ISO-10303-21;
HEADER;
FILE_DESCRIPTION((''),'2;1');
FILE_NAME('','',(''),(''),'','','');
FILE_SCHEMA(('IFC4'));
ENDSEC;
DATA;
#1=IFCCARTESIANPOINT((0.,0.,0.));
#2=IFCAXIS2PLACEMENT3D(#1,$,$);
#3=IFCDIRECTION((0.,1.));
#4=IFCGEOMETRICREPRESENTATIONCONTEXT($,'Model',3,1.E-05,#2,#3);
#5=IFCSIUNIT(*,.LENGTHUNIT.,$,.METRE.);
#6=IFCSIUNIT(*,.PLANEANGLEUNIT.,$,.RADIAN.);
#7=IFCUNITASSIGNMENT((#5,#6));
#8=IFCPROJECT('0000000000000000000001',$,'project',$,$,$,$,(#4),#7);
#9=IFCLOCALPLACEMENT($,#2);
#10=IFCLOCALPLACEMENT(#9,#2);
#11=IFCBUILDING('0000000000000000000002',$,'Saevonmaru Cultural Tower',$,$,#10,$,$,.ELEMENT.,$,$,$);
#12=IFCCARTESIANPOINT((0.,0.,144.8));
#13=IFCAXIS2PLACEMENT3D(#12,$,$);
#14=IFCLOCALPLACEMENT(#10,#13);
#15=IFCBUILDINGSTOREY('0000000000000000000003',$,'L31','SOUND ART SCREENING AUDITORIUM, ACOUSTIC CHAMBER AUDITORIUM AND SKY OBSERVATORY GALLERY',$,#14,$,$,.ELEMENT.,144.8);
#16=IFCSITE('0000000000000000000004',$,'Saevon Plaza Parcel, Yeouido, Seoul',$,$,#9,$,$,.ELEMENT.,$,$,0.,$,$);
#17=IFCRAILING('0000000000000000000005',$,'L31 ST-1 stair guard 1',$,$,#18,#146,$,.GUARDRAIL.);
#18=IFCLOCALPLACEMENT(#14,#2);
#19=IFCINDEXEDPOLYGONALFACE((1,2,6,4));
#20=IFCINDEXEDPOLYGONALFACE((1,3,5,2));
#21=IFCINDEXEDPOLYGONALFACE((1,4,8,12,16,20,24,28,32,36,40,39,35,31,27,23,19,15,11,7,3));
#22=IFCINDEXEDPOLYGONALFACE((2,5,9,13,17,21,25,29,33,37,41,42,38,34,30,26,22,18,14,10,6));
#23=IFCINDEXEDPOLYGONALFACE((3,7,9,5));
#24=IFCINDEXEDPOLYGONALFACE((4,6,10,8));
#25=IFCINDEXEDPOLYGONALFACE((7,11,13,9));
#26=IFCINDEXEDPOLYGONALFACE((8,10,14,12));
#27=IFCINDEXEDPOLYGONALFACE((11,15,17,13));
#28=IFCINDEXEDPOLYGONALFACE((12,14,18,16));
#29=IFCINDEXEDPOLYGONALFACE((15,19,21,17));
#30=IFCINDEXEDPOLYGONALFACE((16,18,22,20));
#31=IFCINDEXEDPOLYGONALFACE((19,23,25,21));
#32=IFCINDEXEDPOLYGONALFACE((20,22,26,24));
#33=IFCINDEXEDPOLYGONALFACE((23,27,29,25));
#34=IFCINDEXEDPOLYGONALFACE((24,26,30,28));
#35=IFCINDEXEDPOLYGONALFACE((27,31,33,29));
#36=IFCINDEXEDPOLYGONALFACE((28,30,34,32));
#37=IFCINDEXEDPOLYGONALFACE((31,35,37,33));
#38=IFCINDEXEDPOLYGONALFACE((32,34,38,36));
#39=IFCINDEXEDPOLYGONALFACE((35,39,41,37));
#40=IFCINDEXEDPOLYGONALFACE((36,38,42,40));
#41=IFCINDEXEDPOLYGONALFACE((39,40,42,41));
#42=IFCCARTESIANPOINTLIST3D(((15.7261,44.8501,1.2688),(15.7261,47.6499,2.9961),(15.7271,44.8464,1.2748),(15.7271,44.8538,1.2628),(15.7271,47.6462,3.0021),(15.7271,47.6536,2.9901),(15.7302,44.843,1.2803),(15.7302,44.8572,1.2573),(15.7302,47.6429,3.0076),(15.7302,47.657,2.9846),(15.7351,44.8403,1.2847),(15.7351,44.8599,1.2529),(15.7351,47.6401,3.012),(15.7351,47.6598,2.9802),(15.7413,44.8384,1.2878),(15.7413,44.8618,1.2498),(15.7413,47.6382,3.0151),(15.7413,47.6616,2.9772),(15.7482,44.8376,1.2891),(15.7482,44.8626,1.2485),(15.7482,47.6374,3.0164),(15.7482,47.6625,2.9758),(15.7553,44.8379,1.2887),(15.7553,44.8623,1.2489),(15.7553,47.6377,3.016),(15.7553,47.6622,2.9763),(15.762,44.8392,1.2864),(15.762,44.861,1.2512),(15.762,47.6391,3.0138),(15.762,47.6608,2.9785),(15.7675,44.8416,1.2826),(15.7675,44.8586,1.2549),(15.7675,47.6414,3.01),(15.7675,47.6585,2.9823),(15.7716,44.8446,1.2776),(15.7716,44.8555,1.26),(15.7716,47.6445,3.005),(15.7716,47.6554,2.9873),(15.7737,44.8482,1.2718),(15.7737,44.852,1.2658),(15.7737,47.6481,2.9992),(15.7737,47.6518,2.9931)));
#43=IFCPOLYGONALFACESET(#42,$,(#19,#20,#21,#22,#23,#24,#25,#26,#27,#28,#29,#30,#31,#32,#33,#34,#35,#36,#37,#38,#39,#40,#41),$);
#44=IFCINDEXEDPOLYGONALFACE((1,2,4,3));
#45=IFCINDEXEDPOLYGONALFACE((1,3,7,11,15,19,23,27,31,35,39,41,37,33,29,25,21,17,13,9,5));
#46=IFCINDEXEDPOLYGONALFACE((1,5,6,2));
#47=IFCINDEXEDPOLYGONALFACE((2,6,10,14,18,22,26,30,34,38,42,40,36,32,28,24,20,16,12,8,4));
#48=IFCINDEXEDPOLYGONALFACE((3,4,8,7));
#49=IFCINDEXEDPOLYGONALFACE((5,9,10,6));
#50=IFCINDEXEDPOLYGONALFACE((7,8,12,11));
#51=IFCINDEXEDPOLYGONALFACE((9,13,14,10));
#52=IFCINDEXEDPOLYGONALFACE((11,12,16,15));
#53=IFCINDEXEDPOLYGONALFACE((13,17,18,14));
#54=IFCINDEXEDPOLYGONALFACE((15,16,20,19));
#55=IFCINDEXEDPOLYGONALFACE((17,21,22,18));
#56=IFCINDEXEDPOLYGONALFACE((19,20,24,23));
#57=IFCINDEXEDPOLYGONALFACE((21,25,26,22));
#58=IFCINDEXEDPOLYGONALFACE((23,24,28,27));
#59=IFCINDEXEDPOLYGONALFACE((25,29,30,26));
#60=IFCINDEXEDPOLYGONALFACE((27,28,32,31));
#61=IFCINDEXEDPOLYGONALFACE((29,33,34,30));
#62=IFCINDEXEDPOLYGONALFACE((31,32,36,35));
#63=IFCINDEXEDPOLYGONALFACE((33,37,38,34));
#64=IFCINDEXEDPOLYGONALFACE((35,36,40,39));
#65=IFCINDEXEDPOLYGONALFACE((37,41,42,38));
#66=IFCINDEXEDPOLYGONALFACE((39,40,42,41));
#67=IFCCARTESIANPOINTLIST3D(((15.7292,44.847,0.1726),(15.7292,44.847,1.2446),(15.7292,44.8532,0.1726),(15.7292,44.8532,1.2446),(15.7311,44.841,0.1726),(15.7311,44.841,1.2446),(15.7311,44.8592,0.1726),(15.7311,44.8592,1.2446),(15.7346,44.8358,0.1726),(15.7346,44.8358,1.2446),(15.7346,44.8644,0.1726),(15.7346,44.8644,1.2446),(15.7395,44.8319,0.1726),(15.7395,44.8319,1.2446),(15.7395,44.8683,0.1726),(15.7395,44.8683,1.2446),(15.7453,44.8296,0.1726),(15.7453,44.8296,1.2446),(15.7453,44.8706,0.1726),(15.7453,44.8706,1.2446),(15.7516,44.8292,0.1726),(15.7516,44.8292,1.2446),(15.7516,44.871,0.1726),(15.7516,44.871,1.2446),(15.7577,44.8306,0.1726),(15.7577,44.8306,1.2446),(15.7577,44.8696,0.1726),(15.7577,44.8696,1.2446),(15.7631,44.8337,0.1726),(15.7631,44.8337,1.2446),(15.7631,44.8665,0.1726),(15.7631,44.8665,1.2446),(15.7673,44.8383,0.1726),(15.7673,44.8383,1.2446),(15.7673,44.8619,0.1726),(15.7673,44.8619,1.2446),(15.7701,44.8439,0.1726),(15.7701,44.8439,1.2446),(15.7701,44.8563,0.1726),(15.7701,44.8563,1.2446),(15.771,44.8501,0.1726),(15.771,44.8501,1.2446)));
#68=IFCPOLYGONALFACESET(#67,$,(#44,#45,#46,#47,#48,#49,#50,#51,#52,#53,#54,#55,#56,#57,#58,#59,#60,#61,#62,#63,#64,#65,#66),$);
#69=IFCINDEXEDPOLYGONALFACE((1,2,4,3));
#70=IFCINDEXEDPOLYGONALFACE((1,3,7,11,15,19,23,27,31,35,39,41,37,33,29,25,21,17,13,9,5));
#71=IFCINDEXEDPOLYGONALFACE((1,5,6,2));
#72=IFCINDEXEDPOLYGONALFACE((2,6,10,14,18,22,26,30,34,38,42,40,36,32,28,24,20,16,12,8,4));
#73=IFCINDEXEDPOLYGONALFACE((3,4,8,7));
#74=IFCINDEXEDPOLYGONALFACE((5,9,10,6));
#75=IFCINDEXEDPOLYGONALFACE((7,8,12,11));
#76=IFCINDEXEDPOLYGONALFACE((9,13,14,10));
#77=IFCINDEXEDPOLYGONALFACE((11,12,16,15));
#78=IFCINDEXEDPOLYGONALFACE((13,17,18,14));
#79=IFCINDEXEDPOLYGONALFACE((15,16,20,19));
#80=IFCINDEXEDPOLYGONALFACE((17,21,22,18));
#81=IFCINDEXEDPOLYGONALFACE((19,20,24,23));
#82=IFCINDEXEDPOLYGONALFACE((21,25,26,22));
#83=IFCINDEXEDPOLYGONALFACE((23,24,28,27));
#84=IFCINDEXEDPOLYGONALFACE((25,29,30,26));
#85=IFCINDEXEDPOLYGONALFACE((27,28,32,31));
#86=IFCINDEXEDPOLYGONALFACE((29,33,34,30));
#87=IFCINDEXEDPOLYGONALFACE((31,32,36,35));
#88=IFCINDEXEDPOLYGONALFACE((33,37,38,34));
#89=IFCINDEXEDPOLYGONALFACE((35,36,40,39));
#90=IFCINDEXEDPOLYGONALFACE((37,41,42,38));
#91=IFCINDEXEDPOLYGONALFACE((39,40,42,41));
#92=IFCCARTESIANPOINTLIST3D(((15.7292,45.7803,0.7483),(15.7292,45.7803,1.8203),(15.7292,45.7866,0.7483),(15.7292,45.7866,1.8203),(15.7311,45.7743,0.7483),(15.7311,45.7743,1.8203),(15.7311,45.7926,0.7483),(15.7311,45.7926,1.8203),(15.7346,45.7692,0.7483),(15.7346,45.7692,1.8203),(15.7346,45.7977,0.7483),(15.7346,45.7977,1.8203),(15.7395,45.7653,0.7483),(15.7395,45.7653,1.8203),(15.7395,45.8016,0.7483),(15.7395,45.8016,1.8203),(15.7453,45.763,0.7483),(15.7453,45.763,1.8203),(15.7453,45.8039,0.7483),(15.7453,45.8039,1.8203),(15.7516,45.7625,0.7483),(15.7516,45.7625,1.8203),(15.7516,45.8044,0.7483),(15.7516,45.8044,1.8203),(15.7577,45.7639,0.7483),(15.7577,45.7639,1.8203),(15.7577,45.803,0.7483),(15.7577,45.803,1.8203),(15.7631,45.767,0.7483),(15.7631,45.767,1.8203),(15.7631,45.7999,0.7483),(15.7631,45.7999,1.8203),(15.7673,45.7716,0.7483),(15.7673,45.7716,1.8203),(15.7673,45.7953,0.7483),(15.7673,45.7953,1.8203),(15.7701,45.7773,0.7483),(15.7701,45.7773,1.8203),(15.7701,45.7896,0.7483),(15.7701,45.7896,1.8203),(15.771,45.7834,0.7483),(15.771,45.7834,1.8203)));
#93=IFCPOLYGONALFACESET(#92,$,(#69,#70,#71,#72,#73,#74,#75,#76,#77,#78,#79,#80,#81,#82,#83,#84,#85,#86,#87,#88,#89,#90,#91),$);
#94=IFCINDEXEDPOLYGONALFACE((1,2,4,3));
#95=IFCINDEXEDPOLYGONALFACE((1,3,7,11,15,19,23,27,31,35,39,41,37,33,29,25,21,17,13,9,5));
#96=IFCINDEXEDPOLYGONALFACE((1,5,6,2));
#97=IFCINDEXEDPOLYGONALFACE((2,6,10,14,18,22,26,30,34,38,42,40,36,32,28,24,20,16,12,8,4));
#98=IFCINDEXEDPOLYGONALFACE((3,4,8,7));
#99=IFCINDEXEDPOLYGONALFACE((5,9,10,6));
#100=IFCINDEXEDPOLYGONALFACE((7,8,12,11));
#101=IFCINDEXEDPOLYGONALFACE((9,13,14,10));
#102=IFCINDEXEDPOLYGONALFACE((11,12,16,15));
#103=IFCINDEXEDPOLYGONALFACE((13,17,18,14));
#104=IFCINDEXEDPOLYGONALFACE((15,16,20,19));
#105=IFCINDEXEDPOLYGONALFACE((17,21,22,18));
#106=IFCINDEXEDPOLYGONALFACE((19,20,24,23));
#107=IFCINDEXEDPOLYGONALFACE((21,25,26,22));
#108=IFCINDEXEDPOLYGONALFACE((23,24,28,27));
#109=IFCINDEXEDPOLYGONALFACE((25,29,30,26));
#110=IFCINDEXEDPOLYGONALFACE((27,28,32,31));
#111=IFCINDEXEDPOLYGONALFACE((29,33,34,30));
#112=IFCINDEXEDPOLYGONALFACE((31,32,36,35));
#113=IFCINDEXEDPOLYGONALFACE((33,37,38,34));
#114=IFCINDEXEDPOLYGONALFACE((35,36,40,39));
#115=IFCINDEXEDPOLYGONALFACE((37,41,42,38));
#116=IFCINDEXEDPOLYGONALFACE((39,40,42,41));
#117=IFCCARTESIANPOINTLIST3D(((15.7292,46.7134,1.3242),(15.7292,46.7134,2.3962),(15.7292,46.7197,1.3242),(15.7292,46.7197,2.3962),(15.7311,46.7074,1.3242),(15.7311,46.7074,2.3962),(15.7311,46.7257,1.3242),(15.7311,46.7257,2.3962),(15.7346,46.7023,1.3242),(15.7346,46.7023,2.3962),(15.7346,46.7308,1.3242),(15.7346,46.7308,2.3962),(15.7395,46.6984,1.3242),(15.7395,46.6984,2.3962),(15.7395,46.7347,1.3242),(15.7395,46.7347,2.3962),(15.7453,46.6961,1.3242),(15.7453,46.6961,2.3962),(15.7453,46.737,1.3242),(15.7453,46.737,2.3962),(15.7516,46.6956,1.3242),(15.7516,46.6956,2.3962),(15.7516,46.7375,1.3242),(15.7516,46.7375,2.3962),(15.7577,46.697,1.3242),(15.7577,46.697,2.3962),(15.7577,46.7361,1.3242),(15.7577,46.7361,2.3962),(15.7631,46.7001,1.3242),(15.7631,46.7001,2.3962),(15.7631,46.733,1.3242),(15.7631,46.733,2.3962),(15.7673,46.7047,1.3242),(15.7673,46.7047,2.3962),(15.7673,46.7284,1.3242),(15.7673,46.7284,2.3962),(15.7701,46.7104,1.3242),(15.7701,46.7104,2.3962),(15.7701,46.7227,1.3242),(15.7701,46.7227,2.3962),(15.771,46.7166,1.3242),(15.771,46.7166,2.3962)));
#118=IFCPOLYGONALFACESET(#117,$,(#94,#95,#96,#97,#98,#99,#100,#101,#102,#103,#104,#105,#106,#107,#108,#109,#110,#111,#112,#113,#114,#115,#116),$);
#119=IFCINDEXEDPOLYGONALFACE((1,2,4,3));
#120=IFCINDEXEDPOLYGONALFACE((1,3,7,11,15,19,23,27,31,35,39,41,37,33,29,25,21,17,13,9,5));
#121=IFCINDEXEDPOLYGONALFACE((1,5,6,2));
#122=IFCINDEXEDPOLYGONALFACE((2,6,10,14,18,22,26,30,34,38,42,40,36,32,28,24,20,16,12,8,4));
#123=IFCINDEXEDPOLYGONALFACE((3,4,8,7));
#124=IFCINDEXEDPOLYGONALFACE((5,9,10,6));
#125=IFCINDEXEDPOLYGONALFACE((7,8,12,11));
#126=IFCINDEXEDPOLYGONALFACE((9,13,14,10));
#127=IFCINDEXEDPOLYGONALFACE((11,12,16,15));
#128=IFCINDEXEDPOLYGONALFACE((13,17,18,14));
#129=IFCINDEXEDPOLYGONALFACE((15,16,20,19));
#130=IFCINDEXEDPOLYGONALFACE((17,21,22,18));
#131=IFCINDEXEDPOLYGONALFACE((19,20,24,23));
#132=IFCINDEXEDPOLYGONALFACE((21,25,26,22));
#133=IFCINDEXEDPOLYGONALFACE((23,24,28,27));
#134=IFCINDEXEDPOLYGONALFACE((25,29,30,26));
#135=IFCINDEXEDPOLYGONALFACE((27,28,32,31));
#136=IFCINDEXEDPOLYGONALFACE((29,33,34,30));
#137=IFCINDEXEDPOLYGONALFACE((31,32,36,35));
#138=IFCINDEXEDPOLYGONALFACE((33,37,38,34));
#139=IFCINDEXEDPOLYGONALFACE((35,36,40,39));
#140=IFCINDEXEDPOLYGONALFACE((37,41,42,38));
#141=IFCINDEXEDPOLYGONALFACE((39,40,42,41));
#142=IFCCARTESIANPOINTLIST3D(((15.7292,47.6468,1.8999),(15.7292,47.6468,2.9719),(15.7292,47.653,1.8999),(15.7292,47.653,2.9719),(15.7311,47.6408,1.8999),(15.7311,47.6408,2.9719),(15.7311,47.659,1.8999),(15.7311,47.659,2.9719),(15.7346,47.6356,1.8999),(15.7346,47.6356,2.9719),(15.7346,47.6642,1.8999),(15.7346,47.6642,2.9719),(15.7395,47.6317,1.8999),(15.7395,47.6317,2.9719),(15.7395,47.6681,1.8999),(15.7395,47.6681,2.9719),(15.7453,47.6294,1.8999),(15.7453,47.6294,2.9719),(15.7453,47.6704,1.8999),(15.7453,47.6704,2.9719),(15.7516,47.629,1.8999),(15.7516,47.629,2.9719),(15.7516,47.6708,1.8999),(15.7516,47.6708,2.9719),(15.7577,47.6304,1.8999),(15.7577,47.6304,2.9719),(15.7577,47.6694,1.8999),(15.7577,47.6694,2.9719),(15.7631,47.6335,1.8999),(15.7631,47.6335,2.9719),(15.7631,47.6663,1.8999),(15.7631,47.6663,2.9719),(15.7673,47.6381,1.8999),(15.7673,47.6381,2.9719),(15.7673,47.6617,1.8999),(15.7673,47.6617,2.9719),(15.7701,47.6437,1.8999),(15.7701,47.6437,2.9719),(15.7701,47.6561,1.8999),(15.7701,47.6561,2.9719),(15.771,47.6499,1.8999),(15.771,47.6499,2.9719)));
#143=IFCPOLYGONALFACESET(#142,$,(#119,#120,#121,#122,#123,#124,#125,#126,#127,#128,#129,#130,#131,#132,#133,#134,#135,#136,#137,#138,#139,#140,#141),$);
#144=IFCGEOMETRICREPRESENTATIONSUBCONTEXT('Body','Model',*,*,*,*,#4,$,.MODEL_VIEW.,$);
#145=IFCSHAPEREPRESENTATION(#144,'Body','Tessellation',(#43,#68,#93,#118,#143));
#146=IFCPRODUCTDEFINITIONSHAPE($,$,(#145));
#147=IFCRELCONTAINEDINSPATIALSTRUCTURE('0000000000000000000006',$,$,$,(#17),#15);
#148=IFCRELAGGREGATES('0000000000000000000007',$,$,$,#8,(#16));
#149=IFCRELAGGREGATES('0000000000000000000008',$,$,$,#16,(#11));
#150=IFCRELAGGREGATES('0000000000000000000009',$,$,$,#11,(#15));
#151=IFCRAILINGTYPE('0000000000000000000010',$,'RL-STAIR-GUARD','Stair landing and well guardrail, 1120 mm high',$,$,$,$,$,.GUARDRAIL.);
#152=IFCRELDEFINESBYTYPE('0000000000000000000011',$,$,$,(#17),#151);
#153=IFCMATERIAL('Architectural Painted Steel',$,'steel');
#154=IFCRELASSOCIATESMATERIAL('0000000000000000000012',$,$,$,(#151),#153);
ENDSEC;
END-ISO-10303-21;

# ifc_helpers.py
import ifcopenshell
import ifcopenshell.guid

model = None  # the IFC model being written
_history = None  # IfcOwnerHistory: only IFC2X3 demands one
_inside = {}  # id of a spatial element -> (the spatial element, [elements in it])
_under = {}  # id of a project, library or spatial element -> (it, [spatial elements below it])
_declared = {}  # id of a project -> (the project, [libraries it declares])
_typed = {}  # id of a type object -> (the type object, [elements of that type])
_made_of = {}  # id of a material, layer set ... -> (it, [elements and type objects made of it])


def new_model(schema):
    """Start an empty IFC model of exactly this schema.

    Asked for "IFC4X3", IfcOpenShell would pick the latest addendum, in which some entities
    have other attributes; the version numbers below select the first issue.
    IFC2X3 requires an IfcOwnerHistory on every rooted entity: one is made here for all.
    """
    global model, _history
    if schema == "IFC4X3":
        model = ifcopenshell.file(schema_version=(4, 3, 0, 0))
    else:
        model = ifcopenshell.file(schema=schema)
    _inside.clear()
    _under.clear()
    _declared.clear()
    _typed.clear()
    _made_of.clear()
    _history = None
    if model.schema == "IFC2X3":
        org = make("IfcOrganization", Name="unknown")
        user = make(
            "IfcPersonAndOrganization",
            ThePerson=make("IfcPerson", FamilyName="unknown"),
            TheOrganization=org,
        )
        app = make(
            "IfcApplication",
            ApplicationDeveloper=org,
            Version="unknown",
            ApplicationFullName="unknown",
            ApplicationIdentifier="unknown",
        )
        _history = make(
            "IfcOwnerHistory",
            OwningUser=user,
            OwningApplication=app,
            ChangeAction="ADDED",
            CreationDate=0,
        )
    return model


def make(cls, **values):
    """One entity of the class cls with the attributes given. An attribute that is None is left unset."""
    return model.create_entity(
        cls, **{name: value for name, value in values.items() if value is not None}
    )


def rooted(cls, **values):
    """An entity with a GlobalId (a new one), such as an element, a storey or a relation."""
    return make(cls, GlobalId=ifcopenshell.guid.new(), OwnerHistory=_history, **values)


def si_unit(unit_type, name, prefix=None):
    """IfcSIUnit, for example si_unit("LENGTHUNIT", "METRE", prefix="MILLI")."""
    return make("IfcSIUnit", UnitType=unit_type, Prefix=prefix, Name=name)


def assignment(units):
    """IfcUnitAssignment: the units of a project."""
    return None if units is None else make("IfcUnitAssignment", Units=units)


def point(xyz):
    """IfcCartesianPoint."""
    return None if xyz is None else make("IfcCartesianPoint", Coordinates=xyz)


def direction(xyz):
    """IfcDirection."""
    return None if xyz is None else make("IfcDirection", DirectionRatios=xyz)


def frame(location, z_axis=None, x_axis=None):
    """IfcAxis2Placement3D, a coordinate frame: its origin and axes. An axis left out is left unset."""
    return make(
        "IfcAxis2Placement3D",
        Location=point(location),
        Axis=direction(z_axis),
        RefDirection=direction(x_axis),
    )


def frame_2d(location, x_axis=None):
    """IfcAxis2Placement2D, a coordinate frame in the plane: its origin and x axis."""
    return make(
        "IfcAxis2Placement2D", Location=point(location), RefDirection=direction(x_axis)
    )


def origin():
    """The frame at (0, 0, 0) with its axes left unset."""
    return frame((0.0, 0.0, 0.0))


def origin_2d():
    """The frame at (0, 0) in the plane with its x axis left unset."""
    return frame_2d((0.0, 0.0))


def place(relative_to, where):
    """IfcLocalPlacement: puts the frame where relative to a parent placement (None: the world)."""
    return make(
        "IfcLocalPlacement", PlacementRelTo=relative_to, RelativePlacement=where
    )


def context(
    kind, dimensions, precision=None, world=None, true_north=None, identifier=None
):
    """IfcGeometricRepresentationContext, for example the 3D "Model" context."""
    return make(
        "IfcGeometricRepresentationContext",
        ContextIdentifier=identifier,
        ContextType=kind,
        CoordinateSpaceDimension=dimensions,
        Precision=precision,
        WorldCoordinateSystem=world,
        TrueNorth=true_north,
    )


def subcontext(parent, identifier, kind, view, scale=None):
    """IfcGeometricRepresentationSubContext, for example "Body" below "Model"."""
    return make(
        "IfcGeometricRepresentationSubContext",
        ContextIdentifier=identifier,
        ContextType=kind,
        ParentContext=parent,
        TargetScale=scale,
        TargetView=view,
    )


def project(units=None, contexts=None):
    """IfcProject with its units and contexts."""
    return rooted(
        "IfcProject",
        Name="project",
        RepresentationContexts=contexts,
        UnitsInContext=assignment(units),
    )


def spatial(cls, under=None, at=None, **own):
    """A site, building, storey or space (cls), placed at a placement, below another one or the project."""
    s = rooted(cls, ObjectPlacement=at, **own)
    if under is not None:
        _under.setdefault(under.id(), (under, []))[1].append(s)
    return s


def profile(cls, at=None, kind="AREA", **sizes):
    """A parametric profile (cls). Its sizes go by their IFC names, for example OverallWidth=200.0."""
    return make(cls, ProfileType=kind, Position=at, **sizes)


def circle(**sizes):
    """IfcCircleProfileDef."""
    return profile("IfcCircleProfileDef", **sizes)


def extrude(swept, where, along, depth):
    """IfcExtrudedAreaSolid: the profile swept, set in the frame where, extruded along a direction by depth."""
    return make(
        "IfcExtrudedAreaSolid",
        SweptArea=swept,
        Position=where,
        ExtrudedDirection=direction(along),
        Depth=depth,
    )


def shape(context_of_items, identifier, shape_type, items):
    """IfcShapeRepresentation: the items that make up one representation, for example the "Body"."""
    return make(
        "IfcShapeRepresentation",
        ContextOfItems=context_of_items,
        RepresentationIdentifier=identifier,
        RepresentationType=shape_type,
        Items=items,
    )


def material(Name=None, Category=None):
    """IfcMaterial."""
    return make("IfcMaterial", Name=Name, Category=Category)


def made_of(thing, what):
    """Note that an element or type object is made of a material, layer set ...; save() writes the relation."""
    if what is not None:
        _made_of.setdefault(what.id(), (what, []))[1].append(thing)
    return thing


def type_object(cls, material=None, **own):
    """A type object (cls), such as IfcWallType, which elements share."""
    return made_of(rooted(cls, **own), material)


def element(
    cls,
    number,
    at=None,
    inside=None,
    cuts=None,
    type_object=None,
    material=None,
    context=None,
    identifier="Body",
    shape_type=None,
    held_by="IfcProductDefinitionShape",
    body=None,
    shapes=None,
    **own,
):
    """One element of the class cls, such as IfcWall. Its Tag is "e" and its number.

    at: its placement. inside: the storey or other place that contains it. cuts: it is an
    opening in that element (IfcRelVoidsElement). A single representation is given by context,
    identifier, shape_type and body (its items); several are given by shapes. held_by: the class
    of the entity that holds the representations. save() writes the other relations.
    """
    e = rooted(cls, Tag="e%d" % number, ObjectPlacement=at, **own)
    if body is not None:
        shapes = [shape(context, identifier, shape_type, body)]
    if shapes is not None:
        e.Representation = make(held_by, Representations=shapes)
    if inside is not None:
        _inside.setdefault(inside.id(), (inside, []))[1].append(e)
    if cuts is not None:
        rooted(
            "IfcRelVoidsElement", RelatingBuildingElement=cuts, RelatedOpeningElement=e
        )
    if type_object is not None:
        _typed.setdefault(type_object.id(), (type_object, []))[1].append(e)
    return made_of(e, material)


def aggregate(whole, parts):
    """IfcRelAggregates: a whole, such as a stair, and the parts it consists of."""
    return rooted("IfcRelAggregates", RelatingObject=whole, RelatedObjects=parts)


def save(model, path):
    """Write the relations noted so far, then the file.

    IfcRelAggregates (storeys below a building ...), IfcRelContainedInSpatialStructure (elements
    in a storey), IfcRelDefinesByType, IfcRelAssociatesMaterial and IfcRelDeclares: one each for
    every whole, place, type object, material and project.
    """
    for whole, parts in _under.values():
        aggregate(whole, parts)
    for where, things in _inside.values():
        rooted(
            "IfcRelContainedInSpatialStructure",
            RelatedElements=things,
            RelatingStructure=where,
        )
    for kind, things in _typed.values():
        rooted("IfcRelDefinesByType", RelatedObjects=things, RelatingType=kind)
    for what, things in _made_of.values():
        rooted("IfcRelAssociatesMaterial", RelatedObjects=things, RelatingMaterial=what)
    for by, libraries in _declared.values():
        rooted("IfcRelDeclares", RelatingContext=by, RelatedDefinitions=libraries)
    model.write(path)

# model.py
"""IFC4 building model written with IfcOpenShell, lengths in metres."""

from ifc_helpers import new_model, si_unit, direction, frame, origin, origin_2d, place, context, subcontext, project, spatial, circle, extrude, material, type_object, element, save


model = new_model("IFC4")

# Units and contexts
model_context = context("Model", 3, precision=1e-05, world=origin(), true_north=direction((0.0, 1.0)))
body_context = subcontext(model_context, "Body", "Model", "MODEL_VIEW")
ifc_project = project(units=[si_unit("LENGTHUNIT", "METRE"), si_unit("PLANEANGLEUNIT", "RADIAN")], contexts=[model_context])

# Site, building, storey
site_placement = place(None, origin())
site = spatial("IfcSite", under=ifc_project, at=site_placement, Name="Saevon Plaza Parcel, Yeouido, Seoul", CompositionType="ELEMENT", RefElevation=0.0)
building_placement = place(site_placement, origin())
building = spatial("IfcBuilding", under=site, at=building_placement, Name="Saevonmaru Cultural Tower", CompositionType="ELEMENT")
storey_placement = place(building_placement, frame((0.0, 0.0, 144.8)))
storey = spatial("IfcBuildingStorey", under=building, at=storey_placement, Name="L31", Description="SOUND ART SCREENING AUDITORIUM, ACOUSTIC CHAMBER AUDITORIUM AND SKY OBSERVATORY GALLERY", CompositionType="ELEMENT", Elevation=144.8)

# Railing
ifc_material_1 = material(Name="Architectural Painted Steel", Category="steel")
railing_type_1 = type_object("IfcRailingType", Name="RL-STAIR-GUARD", Description="Stair landing and well guardrail, 1120 mm high", PredefinedType="GUARDRAIL", material=ifc_material_1)
railing_1_placement = place(storey_placement, frame((15.75, 44.8501, 0.1726)))
element("IfcRailing", 1, at=railing_1_placement, inside=storey, type_object=railing_type_1, Name="L31 ST-1 stair guard 1", PredefinedType="GUARDRAIL", context=body_context, shape_type="SweptSolid", body=[
    extrude(circle(Radius=0.0239, at=origin_2d()), frame((0.0, 0.0, 1.0962), z_axis=(0.0, 0.851069, 0.525054), x_axis=(-1.0, 0.0, 0.0)), (0.0, 0.0, 1.0), 3.2898),
    extrude(circle(Radius=0.021, at=origin_2d()), origin(), (0.0, 0.0, 1.0), 1.072),
    extrude(circle(Radius=0.021, at=origin_2d()), frame((0.0, 0.9333, 0.5757)), (0.0, 0.0, 1.0), 1.072),
    extrude(circle(Radius=0.021, at=origin_2d()), frame((0.0, 1.8665, 1.1516)), (0.0, 0.0, 1.0), 1.072),
    extrude(circle(Radius=0.021, at=origin_2d()), frame((0.0, 2.7998, 1.7273)), (0.0, 0.0, 1.0), 1.072),
])

save(model, "model.ifc")
